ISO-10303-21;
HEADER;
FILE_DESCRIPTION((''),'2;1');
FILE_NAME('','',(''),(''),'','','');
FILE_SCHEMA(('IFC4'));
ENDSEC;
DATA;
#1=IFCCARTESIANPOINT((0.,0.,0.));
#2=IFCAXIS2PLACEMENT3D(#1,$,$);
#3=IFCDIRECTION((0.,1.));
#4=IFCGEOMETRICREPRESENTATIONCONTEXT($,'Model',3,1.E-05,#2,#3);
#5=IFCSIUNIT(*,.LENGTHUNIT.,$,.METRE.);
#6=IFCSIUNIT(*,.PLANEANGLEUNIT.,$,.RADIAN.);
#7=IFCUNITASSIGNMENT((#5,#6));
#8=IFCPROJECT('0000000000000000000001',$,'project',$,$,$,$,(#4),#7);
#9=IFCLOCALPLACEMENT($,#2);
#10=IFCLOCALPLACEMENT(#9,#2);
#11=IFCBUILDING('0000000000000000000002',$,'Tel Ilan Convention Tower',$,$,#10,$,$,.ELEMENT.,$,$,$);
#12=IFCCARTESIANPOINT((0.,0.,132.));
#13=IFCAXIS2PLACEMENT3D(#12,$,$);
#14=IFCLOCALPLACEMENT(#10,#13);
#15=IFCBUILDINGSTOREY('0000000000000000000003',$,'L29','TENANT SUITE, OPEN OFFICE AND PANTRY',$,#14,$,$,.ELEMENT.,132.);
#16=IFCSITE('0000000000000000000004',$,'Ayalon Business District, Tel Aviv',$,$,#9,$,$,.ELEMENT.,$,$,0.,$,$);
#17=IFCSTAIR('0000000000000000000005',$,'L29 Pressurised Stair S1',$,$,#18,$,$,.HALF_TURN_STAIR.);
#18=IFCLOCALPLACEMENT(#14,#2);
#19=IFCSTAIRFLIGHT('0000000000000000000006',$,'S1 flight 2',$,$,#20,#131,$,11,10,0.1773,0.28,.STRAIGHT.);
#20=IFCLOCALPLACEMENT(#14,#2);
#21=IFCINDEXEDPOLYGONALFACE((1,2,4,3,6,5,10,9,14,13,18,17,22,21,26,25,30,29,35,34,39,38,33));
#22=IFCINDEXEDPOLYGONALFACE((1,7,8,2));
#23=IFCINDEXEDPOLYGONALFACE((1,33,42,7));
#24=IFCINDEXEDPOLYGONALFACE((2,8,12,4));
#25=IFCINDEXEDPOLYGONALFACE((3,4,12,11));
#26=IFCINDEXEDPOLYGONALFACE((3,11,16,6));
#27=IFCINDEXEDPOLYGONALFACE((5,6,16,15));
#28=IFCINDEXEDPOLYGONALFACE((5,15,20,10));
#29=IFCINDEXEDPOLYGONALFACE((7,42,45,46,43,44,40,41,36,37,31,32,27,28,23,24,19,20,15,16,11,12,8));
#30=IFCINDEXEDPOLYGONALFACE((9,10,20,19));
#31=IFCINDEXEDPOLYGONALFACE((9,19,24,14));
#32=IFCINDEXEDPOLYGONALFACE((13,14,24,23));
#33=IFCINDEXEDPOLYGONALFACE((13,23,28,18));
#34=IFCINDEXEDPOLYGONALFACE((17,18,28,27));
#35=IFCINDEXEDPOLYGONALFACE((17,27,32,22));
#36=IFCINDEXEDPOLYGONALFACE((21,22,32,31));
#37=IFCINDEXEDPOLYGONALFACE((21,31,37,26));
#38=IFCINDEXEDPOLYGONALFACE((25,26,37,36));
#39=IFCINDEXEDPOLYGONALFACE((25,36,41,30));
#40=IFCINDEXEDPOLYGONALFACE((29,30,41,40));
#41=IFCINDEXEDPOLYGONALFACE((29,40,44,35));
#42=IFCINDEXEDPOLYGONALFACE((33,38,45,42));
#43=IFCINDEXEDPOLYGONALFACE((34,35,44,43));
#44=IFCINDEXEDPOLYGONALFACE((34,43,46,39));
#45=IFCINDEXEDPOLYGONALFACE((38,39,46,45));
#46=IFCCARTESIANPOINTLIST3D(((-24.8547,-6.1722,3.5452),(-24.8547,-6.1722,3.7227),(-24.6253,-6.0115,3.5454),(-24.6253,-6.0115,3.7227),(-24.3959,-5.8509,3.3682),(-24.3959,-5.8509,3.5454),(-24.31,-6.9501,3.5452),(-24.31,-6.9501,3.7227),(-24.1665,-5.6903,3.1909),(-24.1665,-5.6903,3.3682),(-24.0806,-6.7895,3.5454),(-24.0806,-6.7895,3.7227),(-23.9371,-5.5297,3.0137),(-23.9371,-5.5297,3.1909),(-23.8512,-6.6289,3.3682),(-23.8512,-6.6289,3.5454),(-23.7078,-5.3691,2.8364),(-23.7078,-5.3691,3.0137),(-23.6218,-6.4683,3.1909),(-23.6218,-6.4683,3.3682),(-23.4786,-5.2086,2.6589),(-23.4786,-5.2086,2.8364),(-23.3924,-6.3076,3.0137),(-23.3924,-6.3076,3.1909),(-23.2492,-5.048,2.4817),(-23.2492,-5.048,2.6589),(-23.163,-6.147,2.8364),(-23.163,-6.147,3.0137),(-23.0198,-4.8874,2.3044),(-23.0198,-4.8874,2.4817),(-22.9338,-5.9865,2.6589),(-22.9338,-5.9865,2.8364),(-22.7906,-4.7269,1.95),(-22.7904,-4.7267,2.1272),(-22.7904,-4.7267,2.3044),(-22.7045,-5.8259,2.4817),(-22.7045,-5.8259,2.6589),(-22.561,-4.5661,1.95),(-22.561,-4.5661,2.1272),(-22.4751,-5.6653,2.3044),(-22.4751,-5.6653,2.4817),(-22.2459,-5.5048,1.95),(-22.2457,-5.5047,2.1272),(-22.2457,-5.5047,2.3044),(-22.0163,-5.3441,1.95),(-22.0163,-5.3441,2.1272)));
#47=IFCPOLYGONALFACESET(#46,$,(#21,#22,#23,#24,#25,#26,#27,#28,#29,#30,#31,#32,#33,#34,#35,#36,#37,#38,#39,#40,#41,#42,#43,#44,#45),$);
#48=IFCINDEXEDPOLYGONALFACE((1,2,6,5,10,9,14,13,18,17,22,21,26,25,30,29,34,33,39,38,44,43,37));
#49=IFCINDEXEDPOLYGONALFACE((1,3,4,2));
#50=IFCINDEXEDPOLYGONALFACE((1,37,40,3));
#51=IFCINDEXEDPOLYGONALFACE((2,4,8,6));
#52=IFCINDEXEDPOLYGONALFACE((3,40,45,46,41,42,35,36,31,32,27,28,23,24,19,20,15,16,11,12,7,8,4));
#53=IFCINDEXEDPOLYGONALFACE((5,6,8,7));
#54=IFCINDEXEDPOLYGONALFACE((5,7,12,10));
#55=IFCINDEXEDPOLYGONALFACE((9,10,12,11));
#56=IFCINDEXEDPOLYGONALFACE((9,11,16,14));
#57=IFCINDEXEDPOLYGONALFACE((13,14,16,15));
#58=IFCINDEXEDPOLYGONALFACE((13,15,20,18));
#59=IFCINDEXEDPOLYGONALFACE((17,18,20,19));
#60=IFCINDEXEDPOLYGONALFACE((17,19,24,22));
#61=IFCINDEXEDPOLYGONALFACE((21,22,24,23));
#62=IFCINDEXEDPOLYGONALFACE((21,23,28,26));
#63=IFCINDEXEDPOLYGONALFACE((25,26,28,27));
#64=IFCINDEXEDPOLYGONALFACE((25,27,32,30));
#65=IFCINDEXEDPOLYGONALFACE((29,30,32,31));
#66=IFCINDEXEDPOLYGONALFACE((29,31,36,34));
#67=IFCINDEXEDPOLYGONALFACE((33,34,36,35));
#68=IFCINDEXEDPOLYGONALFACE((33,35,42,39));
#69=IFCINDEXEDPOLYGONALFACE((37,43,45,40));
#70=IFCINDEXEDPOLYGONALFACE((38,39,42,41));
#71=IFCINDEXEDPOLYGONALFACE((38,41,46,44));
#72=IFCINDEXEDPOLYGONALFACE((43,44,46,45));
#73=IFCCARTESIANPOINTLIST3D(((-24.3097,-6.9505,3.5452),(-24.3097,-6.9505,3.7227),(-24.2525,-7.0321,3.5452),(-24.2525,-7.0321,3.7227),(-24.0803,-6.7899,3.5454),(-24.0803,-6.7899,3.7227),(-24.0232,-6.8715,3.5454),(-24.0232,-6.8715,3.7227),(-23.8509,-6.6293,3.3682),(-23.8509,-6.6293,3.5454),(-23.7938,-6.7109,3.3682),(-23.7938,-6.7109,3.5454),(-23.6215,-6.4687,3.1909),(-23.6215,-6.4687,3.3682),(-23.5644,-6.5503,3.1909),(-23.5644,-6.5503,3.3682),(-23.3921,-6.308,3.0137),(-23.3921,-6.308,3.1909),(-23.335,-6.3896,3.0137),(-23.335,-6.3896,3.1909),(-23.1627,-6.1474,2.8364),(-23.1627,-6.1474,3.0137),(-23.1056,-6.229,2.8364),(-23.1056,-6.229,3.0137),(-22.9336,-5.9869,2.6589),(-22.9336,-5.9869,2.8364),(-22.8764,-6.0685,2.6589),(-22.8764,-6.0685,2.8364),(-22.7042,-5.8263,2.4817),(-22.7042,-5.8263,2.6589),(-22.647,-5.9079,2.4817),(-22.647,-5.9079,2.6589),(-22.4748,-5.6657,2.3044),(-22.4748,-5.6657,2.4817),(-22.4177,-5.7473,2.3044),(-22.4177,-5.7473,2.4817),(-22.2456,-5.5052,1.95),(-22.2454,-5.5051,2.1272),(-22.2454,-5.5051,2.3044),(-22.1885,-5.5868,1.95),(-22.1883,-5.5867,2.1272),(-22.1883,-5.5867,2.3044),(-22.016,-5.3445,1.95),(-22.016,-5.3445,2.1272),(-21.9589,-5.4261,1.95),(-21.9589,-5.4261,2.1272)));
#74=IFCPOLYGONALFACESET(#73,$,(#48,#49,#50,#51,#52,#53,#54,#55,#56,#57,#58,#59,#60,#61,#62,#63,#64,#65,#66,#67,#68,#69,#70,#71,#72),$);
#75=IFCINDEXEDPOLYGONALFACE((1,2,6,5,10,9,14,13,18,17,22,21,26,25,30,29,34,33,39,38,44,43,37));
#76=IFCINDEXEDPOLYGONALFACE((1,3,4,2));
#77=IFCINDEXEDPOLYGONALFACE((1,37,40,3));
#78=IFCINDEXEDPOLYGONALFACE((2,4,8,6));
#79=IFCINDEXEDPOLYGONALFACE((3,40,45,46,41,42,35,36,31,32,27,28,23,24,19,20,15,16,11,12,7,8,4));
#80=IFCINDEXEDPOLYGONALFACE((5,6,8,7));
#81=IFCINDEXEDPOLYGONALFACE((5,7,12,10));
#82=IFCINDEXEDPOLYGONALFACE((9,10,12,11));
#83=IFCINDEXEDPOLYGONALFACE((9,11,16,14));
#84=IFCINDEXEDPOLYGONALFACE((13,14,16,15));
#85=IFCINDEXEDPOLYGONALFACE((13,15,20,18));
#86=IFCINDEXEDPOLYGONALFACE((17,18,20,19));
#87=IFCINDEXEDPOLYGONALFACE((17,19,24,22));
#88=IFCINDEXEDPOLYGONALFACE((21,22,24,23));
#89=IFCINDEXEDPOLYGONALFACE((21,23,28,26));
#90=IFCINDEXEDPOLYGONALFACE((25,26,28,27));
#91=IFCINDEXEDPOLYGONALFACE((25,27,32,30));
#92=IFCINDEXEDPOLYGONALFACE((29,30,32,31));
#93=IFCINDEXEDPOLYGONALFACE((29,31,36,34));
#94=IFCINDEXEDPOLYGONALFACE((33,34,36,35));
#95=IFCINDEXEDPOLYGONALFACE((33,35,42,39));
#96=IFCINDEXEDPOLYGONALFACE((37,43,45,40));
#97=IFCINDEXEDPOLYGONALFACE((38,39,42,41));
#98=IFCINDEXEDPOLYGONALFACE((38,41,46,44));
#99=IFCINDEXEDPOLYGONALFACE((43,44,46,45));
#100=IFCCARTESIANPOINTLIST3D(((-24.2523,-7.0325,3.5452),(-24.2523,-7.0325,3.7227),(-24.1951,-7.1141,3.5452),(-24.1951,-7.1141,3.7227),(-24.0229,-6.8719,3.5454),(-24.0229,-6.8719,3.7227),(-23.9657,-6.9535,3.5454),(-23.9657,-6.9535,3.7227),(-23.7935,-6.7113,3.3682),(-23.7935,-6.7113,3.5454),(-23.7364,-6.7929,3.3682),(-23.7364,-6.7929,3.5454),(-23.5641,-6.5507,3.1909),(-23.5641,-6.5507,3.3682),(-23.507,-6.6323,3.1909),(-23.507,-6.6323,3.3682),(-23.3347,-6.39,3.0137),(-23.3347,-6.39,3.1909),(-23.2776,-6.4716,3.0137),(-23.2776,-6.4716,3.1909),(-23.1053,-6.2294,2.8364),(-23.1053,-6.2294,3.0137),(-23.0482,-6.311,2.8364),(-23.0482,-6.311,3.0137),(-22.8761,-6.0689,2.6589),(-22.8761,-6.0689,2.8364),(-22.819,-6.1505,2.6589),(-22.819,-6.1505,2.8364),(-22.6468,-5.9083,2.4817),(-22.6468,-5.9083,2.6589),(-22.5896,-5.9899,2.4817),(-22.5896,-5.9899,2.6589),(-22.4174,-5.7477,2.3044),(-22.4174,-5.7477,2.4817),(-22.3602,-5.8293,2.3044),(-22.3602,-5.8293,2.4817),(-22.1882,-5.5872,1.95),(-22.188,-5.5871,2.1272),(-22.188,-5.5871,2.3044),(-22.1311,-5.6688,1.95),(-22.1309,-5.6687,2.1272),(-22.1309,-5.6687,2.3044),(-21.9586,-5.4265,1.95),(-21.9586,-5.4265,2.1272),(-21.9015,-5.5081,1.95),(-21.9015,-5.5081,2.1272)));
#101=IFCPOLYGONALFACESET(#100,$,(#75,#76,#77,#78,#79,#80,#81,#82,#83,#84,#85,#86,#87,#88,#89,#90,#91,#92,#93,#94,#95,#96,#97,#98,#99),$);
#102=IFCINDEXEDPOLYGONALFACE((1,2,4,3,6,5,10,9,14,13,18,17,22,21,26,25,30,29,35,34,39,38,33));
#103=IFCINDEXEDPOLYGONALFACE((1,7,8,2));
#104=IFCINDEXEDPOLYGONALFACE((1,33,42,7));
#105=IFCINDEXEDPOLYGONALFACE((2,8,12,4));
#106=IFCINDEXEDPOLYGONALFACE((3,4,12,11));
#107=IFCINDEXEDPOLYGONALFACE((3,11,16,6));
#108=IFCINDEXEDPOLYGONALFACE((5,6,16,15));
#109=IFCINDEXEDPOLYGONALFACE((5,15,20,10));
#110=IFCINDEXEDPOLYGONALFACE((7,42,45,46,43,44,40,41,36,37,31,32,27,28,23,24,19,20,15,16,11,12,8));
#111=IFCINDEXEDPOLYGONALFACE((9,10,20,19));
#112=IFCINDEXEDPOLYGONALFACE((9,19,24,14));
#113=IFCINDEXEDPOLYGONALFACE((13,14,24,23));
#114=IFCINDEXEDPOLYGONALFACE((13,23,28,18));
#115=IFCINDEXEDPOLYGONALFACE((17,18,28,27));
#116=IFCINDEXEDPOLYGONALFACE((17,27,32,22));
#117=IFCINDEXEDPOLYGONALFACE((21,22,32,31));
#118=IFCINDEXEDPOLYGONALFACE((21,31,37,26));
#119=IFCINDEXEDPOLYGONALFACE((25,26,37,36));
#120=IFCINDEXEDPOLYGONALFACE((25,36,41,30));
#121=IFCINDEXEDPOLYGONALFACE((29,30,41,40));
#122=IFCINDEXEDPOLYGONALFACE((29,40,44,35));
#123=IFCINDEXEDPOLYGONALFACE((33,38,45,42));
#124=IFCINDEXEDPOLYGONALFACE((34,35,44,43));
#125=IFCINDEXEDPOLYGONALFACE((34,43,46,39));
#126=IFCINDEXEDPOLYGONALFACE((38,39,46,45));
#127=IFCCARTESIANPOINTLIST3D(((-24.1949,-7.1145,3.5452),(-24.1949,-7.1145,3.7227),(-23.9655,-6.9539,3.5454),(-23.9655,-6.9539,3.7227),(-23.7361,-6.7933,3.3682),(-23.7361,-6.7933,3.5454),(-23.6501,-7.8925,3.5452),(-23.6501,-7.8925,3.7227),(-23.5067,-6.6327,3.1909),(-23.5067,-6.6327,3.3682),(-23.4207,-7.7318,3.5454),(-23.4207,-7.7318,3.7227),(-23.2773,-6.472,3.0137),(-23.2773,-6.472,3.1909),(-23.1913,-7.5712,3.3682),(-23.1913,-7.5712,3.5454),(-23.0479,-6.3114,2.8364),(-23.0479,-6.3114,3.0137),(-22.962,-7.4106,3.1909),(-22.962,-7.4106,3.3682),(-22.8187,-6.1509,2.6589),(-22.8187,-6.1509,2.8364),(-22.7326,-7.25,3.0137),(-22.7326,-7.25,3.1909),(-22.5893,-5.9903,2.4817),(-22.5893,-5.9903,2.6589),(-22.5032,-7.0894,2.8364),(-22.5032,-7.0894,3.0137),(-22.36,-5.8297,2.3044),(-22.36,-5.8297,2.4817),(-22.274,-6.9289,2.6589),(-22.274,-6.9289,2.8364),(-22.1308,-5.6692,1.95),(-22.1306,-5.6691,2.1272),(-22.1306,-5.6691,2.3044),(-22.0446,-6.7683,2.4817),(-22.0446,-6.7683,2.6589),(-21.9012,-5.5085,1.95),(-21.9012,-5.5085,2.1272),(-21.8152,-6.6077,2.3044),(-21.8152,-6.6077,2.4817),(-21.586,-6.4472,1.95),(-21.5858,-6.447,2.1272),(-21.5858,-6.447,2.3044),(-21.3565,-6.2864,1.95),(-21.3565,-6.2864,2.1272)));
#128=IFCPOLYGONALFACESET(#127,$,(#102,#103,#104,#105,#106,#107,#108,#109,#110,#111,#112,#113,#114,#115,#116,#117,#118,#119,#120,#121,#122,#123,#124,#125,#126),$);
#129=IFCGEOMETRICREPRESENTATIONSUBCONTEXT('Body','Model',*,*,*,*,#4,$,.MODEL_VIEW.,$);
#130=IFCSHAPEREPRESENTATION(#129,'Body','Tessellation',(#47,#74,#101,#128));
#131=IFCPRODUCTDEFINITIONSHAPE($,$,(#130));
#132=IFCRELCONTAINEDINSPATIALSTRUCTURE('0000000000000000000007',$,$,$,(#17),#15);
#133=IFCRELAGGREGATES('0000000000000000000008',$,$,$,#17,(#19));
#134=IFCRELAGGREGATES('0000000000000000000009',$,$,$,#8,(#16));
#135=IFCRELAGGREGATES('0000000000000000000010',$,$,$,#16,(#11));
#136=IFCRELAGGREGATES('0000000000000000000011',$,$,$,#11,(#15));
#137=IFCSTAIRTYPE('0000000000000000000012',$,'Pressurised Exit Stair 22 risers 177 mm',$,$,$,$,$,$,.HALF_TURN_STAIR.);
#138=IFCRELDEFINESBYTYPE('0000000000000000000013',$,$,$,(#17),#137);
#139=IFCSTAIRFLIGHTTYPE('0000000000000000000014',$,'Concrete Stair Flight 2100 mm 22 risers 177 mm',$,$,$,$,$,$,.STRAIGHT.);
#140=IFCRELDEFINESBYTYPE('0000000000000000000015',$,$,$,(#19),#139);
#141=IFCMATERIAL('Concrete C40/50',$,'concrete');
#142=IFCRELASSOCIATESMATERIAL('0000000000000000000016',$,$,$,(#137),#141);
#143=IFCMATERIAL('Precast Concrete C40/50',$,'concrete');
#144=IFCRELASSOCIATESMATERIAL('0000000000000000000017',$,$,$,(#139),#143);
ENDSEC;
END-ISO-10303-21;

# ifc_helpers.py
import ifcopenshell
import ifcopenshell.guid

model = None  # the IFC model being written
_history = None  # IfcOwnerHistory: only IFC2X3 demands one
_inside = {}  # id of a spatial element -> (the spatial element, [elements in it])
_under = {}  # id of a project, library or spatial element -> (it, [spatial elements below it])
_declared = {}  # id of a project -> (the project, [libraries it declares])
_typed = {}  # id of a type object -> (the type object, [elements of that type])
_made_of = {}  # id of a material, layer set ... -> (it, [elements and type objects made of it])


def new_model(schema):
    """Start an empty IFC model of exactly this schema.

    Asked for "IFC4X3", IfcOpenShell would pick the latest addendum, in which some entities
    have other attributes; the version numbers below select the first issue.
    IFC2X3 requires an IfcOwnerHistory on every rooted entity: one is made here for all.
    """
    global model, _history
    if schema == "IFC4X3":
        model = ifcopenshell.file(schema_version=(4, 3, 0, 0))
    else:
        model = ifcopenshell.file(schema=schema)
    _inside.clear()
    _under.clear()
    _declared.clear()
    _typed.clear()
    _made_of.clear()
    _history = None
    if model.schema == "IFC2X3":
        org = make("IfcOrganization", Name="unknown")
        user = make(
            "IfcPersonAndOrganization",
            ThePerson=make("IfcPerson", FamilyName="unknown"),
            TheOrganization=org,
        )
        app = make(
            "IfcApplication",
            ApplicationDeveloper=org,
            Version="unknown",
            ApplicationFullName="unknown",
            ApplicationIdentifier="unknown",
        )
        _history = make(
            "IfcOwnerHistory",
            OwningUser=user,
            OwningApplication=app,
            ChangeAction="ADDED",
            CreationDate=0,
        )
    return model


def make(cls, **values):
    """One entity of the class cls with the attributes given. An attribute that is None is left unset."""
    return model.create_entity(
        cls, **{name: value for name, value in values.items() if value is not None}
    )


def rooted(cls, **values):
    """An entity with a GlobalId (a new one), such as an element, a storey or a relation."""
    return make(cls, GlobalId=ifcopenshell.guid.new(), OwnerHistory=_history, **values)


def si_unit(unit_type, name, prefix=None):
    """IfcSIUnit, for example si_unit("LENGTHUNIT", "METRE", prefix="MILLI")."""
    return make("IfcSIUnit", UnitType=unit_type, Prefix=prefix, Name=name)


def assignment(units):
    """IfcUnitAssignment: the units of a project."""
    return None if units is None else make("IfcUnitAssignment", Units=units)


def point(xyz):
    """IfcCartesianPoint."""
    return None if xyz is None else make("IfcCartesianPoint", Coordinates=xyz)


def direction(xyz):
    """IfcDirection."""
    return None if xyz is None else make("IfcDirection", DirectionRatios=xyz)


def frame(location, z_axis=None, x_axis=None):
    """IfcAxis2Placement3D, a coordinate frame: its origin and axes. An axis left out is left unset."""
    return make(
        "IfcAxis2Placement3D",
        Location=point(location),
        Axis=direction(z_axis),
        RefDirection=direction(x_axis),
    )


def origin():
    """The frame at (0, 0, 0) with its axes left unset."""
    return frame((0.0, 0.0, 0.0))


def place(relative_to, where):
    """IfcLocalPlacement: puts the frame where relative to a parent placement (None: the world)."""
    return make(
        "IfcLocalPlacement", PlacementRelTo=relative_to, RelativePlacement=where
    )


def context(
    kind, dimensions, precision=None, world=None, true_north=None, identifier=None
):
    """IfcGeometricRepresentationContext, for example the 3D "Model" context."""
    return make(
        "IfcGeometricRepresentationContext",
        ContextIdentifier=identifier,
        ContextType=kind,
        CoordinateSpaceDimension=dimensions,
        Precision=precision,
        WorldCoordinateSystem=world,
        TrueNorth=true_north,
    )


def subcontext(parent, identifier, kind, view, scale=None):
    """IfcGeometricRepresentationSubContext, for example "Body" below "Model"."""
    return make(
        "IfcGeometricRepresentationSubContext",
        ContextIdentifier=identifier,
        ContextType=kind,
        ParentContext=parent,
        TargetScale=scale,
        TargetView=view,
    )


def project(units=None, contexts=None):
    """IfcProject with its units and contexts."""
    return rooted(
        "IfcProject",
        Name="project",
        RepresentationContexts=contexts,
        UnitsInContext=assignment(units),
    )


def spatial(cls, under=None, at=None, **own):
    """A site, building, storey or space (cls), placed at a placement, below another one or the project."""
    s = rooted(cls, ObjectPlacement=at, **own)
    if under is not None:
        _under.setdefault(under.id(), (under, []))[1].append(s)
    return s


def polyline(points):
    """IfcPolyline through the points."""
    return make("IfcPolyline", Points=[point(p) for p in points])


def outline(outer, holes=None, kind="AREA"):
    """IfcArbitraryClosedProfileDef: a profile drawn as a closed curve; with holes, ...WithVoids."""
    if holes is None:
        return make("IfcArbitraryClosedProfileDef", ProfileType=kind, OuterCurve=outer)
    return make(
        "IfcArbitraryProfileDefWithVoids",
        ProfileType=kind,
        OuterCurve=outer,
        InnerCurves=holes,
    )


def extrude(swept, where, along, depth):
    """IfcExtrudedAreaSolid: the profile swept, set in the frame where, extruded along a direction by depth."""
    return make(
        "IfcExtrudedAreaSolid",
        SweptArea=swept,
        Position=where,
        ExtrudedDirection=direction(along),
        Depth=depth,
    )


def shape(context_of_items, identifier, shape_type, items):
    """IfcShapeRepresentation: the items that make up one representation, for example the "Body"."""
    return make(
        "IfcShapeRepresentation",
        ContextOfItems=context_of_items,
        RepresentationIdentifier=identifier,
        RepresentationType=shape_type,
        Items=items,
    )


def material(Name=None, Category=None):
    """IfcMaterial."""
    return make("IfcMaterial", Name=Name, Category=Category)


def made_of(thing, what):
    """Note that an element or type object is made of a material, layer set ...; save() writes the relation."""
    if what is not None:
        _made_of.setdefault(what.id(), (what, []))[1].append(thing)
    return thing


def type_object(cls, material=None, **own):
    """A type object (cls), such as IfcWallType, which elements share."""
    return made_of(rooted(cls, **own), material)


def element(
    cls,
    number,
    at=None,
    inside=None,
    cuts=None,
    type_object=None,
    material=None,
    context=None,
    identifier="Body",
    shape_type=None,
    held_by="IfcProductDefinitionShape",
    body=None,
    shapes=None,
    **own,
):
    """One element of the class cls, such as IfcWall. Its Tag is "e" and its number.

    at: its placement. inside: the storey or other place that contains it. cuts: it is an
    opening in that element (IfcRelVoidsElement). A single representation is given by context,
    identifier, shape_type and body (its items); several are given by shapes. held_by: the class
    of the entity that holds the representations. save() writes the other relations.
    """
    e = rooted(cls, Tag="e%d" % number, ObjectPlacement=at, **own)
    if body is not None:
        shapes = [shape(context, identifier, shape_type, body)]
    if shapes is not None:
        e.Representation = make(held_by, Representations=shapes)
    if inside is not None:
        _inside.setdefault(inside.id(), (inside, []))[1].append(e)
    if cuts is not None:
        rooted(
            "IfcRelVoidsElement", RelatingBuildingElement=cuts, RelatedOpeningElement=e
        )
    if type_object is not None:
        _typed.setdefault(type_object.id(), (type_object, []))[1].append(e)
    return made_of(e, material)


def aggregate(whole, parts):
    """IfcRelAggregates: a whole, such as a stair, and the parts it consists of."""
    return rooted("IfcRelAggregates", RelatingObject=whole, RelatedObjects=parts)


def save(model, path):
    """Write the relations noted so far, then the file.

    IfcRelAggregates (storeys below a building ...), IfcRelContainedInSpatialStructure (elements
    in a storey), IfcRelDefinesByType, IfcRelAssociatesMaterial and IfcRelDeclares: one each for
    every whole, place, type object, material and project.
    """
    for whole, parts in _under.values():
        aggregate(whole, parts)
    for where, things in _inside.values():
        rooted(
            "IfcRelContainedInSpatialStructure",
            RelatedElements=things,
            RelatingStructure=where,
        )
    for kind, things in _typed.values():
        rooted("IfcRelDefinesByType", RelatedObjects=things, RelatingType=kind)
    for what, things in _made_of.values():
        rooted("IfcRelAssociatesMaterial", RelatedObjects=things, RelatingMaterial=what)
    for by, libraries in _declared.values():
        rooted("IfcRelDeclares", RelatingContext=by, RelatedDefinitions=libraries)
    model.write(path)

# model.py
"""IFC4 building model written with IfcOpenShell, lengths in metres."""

from ifc_helpers import new_model, si_unit, direction, frame, origin, place, context, subcontext, project, spatial, polyline, outline, extrude, material, type_object, element, aggregate, save


model = new_model("IFC4")

# Units and contexts
model_context = context("Model", 3, precision=1e-05, world=origin(), true_north=direction((0.0, 1.0)))
body_context = subcontext(model_context, "Body", "Model", "MODEL_VIEW")
ifc_project = project(units=[si_unit("LENGTHUNIT", "METRE"), si_unit("PLANEANGLEUNIT", "RADIAN")], contexts=[model_context])

# Site, building, storey
site_placement = place(None, origin())
site = spatial("IfcSite", under=ifc_project, at=site_placement, Name="Ayalon Business District, Tel Aviv", CompositionType="ELEMENT", RefElevation=0.0)
building_placement = place(site_placement, origin())
building = spatial("IfcBuilding", under=site, at=building_placement, Name="Tel Ilan Convention Tower", CompositionType="ELEMENT")
storey_placement = place(building_placement, frame((0.0, 0.0, 132.0)))
storey = spatial("IfcBuildingStorey", under=building, at=storey_placement, Name="L29", Description="TENANT SUITE, OPEN OFFICE AND PANTRY", CompositionType="ELEMENT", Elevation=132.0)

# Stair, stair flight
ifc_material_1 = material(Name="Concrete C40/50", Category="concrete")
stair_type = type_object("IfcStairType", Name="Pressurised Exit Stair 22 risers 177 mm", PredefinedType="HALF_TURN_STAIR", material=ifc_material_1)
stair_1_placement = place(storey_placement, origin())
stair_1 = element("IfcStair", 1, at=stair_1_placement, inside=storey, type_object=stair_type, Name="L29 Pressurised Stair S1", PredefinedType="HALF_TURN_STAIR")
ifc_material_2 = material(Name="Precast Concrete C40/50", Category="concrete")
stair_flight_type = type_object("IfcStairFlightType", Name="Concrete Stair Flight 2100 mm 22 risers 177 mm", PredefinedType="STRAIGHT", material=ifc_material_2)
stair_flight_1_placement = place(storey_placement, frame((-21.9587, -5.4263, 1.95), z_axis=(0.0, 0.0, 1.0), x_axis=(-0.819152, -0.573576, 0.0)))
stair_flight_1 = element("IfcStairFlight", 2, at=stair_flight_1_placement, type_object=stair_flight_type, Name="S1 flight 2", NumberOfRisers=11, NumberOfTreads=10, PredefinedType="STRAIGHT", RiserHeight=0.1773, TreadLength=0.28, context=body_context, shape_type="SweptSolid", body=[
    extrude(outline(polyline([(0.0, 0.0), (0.0, 0.1772), (0.28, 0.1772), (0.28, 0.3545), (0.5601, 0.3545), (0.5601, 0.5317), (0.8401, 0.5317), (0.8401, 0.709), (1.1201, 0.709), (1.1201, 0.8865), (1.3999, 0.8865), (1.3999, 1.0637), (1.6799, 1.0637), (1.6799, 1.241), (1.96, 1.241), (1.96, 1.4182), (2.24, 1.4182), (2.24, 1.5955), (2.52, 1.5955), (2.52, 1.7727), (2.8, 1.7727), (2.8, 1.95), (2.8, 1.5952), (0.2803, 0.0), (0.0, 0.0)])), frame((0.0, -0.1003, 0.0), z_axis=(0.0, -1.0, 0.0), x_axis=(1.0, 0.0, 0.0)), (0.0, 0.0, 1.0), 0.9497),
    extrude(outline(polyline([(0.0, 0.0), (0.0, 0.1772), (0.28, 0.1772), (0.28, 0.3545), (0.5601, 0.3545), (0.5601, 0.5317), (0.8401, 0.5317), (0.8401, 0.709), (1.1201, 0.709), (1.1201, 0.8865), (1.3999, 0.8865), (1.3999, 1.0637), (1.6799, 1.0637), (1.6799, 1.241), (1.96, 1.241), (1.96, 1.4182), (2.24, 1.4182), (2.24, 1.5955), (2.52, 1.5955), (2.52, 1.7727), (2.8, 1.7727), (2.8, 1.95), (2.8, 1.5952), (0.2803, 0.0), (0.0, 0.0)])), frame((0.0, -0.0002, 0.0), z_axis=(0.0, -1.0, 0.0), x_axis=(1.0, 0.0, 0.0)), (0.0, 0.0, 1.0), 0.0996),
    extrude(outline(polyline([(0.0, 0.0), (0.0, 0.1772), (0.28, 0.1772), (0.28, 0.3545), (0.5601, 0.3545), (0.5601, 0.5317), (0.8401, 0.5317), (0.8401, 0.709), (1.1201, 0.709), (1.1201, 0.8865), (1.3999, 0.8865), (1.3999, 1.0637), (1.6799, 1.0637), (1.6799, 1.241), (1.96, 1.241), (1.96, 1.4182), (2.24, 1.4182), (2.24, 1.5955), (2.52, 1.5955), (2.52, 1.7727), (2.8, 1.7727), (2.8, 1.95), (2.8, 1.5952), (0.2803, 0.0), (0.0, 0.0)])), frame((0.0, 0.0999, 0.0), z_axis=(0.0, -1.0, 0.0), x_axis=(1.0, 0.0, 0.0)), (0.0, 0.0, 1.0), 0.0996),
    extrude(outline(polyline([(0.0, 0.0), (0.0, 0.1772), (0.28, 0.1772), (0.28, 0.3545), (0.5601, 0.3545), (0.5601, 0.5317), (0.8401, 0.5317), (0.8401, 0.709), (1.1201, 0.709), (1.1201, 0.8865), (1.3999, 0.8865), (1.3999, 1.0637), (1.6799, 1.0637), (1.6799, 1.241), (1.96, 1.241), (1.96, 1.4182), (2.24, 1.4182), (2.24, 1.5955), (2.52, 1.5955), (2.52, 1.7727), (2.8, 1.7727), (2.8, 1.95), (2.8, 1.5952), (0.2803, 0.0), (0.0, 0.0)])), frame((0.0, 1.05, 0.0), z_axis=(0.0, -1.0, 0.0), x_axis=(1.0, 0.0, 0.0)), (0.0, 0.0, 1.0), 0.9497),
])
aggregate(stair_1, [stair_flight_1])

save(model, "model.ifc")
